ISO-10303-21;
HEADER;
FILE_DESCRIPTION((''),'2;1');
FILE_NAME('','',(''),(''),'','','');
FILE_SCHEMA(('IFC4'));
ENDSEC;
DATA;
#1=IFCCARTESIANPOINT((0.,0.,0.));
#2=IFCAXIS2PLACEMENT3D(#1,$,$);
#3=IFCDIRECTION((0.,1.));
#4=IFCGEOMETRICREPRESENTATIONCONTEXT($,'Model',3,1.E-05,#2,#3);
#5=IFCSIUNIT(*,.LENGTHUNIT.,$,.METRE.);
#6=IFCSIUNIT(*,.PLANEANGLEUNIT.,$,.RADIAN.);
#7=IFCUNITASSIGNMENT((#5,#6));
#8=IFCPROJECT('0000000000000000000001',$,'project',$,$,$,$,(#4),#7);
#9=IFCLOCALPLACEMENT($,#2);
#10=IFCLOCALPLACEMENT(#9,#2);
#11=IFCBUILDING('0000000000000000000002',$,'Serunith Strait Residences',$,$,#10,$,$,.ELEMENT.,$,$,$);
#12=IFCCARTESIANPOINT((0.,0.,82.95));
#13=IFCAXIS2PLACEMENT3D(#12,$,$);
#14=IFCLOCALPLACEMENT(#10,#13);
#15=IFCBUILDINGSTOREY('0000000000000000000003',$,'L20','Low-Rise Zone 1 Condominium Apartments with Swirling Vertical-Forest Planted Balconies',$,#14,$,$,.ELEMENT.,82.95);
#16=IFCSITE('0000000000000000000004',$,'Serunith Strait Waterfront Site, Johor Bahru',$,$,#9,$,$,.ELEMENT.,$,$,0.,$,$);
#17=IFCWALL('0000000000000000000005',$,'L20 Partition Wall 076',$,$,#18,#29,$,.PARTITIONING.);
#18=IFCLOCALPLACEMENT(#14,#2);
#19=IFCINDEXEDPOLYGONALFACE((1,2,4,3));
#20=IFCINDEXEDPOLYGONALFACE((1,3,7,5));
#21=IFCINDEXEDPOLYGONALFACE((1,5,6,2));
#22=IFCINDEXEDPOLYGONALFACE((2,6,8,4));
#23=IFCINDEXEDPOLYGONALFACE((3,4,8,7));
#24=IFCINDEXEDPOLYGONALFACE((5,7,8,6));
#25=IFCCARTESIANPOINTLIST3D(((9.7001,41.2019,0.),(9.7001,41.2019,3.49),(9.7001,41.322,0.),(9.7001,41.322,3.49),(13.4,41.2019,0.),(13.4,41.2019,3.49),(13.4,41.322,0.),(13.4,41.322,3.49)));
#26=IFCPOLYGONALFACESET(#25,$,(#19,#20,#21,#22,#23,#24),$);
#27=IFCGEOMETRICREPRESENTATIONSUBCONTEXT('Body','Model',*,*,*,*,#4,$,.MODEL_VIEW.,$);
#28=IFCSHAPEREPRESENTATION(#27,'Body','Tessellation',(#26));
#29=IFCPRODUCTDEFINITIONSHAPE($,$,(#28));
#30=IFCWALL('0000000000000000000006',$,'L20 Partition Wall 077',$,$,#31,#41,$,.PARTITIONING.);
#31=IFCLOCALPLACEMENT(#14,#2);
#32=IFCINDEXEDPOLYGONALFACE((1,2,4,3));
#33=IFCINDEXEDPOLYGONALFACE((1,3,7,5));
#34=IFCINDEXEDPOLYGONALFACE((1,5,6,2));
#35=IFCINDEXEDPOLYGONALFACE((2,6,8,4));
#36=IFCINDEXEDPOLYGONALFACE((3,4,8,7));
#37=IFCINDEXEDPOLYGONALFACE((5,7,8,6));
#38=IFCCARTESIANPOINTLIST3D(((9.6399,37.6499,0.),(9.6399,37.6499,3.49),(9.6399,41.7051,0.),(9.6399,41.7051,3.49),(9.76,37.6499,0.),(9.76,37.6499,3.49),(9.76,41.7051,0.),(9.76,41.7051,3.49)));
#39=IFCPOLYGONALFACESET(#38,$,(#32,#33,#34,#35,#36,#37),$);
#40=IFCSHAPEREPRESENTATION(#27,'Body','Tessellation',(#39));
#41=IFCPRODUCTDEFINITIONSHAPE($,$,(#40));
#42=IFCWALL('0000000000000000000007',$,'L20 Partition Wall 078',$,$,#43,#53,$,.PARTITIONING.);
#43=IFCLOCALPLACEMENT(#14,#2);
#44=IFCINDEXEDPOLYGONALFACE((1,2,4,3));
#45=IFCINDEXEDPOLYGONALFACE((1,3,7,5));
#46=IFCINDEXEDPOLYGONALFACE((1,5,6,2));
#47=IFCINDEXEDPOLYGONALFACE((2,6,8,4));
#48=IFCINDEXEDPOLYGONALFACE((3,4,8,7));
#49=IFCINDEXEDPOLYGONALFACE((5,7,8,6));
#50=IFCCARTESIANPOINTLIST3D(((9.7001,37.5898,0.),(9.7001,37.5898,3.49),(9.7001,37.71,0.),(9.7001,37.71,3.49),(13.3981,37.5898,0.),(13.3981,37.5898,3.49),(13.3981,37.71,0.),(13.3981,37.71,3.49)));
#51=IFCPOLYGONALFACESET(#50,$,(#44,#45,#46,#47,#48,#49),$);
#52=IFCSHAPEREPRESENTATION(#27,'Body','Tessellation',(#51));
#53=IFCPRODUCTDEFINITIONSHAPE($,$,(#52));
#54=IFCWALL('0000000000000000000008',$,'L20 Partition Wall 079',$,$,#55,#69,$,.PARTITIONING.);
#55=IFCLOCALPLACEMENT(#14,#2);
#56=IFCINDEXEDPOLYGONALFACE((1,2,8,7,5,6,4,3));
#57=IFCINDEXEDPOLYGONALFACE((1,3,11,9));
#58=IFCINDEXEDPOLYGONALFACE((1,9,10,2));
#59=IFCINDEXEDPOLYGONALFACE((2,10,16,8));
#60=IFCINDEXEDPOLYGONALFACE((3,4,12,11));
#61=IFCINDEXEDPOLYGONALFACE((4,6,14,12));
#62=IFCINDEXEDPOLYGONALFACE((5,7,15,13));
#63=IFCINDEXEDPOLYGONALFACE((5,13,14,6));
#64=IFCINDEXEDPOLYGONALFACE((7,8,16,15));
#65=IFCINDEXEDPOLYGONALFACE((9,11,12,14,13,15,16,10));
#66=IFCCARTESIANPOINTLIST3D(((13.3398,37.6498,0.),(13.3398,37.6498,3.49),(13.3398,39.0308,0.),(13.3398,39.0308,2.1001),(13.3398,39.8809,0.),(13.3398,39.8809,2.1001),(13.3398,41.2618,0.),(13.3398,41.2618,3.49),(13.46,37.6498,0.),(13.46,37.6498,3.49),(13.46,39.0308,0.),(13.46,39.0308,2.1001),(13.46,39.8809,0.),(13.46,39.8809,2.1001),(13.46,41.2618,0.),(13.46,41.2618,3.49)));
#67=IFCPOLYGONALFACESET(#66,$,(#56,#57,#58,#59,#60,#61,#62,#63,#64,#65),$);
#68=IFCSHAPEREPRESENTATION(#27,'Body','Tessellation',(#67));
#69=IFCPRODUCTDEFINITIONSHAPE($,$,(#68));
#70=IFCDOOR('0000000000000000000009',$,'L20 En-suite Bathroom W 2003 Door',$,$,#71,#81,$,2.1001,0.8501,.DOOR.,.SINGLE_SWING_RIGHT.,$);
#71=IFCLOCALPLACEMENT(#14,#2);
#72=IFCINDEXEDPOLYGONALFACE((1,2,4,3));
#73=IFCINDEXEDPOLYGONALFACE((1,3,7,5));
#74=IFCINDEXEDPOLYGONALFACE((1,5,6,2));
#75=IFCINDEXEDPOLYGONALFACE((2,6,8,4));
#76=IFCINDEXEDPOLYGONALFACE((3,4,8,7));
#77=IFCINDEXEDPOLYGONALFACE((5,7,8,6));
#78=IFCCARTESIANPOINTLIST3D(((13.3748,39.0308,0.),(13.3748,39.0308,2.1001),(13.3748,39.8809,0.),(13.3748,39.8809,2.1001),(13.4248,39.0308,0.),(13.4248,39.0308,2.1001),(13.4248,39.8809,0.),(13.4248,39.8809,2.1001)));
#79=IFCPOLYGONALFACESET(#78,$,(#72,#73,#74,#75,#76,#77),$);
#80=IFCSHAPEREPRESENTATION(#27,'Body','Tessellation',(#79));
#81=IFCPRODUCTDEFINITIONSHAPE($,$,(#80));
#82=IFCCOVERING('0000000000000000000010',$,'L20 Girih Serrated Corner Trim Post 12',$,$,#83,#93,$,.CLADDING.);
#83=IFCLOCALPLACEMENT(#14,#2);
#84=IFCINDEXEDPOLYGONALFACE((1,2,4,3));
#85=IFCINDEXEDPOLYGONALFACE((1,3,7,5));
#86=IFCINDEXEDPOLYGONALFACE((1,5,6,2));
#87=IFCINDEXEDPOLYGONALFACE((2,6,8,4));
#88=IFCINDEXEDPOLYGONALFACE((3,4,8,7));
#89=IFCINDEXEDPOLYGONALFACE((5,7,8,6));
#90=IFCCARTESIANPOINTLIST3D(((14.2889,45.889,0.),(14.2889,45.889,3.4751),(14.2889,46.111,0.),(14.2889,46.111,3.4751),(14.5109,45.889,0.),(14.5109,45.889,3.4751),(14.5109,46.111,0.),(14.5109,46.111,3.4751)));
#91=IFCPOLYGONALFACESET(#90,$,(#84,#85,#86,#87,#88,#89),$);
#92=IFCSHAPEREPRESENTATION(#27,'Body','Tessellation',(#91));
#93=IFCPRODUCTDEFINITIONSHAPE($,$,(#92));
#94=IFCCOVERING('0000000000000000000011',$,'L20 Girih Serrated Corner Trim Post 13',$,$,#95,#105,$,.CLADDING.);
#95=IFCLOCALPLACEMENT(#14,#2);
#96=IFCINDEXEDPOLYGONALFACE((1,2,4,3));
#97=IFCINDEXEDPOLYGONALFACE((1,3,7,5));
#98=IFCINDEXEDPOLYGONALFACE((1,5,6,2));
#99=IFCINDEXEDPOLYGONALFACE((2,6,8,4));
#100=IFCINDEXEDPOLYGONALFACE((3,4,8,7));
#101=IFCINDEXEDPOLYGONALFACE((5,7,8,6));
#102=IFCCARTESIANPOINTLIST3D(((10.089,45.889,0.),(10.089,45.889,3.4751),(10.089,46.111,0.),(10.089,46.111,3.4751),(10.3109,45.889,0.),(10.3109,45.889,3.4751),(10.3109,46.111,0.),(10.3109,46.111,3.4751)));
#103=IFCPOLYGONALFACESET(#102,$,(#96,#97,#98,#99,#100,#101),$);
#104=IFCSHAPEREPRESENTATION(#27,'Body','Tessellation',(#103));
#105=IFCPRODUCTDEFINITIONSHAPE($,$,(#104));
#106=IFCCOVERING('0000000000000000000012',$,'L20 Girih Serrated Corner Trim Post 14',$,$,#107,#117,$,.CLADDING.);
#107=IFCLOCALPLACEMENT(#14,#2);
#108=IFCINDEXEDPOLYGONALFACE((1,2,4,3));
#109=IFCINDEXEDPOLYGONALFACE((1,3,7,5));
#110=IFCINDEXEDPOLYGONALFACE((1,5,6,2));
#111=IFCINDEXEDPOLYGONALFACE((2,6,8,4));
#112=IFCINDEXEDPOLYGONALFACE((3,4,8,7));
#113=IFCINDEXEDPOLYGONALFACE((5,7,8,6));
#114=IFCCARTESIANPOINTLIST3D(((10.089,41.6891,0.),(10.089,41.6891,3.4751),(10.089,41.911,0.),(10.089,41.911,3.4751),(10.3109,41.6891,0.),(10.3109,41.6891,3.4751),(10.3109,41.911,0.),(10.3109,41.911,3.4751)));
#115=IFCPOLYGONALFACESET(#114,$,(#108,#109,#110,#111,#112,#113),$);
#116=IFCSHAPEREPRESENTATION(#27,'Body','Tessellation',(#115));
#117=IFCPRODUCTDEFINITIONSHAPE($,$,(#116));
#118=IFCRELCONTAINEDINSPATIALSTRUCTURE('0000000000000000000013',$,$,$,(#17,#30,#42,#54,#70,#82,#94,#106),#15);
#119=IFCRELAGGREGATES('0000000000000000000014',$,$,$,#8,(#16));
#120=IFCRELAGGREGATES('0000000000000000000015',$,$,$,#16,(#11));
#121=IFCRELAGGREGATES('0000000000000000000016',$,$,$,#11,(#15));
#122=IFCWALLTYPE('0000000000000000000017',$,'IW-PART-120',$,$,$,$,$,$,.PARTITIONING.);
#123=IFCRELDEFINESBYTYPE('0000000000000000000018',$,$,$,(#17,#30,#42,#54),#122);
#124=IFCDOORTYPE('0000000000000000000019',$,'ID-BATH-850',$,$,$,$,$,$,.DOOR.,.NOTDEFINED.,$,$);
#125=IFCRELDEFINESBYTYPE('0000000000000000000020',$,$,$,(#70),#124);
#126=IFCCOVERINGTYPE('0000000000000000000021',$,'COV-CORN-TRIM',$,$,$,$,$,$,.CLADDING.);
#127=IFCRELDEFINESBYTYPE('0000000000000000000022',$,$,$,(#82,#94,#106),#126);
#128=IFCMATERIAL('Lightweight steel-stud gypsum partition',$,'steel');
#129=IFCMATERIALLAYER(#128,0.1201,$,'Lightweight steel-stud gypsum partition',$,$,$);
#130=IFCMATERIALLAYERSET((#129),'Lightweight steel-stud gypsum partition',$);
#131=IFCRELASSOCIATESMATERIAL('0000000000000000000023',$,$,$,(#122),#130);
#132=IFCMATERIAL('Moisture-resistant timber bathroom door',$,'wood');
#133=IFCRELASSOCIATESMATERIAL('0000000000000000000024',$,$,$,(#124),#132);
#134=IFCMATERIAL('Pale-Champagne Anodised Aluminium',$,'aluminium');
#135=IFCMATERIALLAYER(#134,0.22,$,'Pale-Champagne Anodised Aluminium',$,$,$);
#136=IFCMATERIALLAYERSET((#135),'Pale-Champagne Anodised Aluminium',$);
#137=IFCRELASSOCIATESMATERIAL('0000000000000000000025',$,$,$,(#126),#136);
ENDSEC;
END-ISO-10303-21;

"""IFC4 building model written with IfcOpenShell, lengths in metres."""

from ifc_helpers import new_model, si_unit, direction, frame, frame_2d, origin, origin_2d, place, context, subcontext, project, spatial, rectangle, extrude, source, transform, mapped, material, layer, layer_set, type_object, element, fill, save


model = new_model("IFC4")

# Units and contexts
model_context = context("Model", 3, precision=1e-05, world=origin(), true_north=direction((0.0, 1.0)))
body_context = subcontext(model_context, "Body", "Model", "MODEL_VIEW")
ifc_project = project(units=[si_unit("LENGTHUNIT", "METRE"), si_unit("PLANEANGLEUNIT", "RADIAN")], contexts=[model_context])

# Site, building, storey
site_placement = place(None, origin())
site = spatial("IfcSite", under=ifc_project, at=site_placement, Name="Serunith Strait Waterfront Site, Johor Bahru", CompositionType="ELEMENT", RefElevation=0.0)
building_placement = place(site_placement, origin())
building = spatial("IfcBuilding", under=site, at=building_placement, Name="Serunith Strait Residences", CompositionType="ELEMENT")
storey_placement = place(building_placement, frame((0.0, 0.0, 82.95)))
storey = spatial("IfcBuildingStorey", under=building, at=storey_placement, Name="L20", Description="Low-Rise Zone 1 Condominium Apartments with Swirling Vertical-Forest Planted Balconies", CompositionType="ELEMENT", Elevation=82.95)

# Shared definitions
ifc_material_1 = material(Name="Pale-Champagne Anodised Aluminium", Category="aluminium")

# Shared definitions
ifc_material_2 = material(Name="Lightweight steel-stud gypsum partition", Category="steel")
ifc_layer_1 = layer(ifc_material_2, 0.1201, Name="Lightweight steel-stud gypsum partition")
ifc_layer_set_1 = layer_set([ifc_layer_1], Name="Lightweight steel-stud gypsum partition")
wall_type_1 = type_object("IfcWallType", Name="IW-PART-120", PredefinedType="PARTITIONING", material=ifc_layer_set_1)
ifc_material_3 = material(Name="Moisture-resistant timber bathroom door", Category="wood")
door_type_1 = type_object("IfcDoorType", Name="ID-BATH-850", OperationType="NOTDEFINED", PredefinedType="DOOR", material=ifc_material_3)
shared_shape_1 = source(origin(), body_context, "Body", "SweptSolid", [
    extrude(rectangle(XDim=0.8501, YDim=2.1001, at=frame_2d((0.425, 1.05))), frame((0.0, 0.0249, 0.0), z_axis=(0.0, -1.0, 0.0), x_axis=(1.0, 0.0, 0.0)), (0.0, 0.0, 1.0), 0.05),
])

# Walls
wall_1_placement = place(storey_placement, frame((9.7, 41.262, 0.0), z_axis=(0.0, 0.0, 1.0), x_axis=(1.0, 0.0, 0.0)))
element("IfcWall", 1, at=wall_1_placement, inside=storey, type_object=wall_type_1, Name="L20 Partition Wall 076", PredefinedType="PARTITIONING", context=body_context, shape_type="SweptSolid", body=[
    extrude(rectangle(XDim=3.7, YDim=0.1201, at=frame_2d((1.8501, 0.0))), origin(), (0.0, 0.0, 1.0), 3.49),
])
wall_2_placement = place(storey_placement, frame((9.7, 41.7051, 0.0), z_axis=(0.0, 0.0, 1.0), x_axis=(0.0, -1.0, 0.0)))
element("IfcWall", 2, at=wall_2_placement, inside=storey, type_object=wall_type_1, Name="L20 Partition Wall 077", PredefinedType="PARTITIONING", context=body_context, shape_type="SweptSolid", body=[
    extrude(rectangle(XDim=4.0552, YDim=0.1201, at=frame_2d((2.0276, 0.0))), origin(), (0.0, 0.0, 1.0), 3.49),
])
wall_3_placement = place(storey_placement, frame((9.7, 37.6499, 0.0), z_axis=(0.0, 0.0, 1.0), x_axis=(1.0, 0.0, 0.0)))
element("IfcWall", 3, at=wall_3_placement, inside=storey, type_object=wall_type_1, Name="L20 Partition Wall 078", PredefinedType="PARTITIONING", context=body_context, shape_type="SweptSolid", body=[
    extrude(rectangle(XDim=3.698, YDim=0.1201, at=frame_2d((1.8491, 0.0))), origin(), (0.0, 0.0, 1.0), 3.49),
])

# Wall, opening, door
wall_4_placement = place(storey_placement, frame((13.3999, 41.262, 0.0), z_axis=(0.0, 0.0, 1.0), x_axis=(0.0, -1.0, 0.0)))
wall_4 = element("IfcWall", 4, at=wall_4_placement, inside=storey, type_object=wall_type_1, Name="L20 Partition Wall 079", PredefinedType="PARTITIONING", context=body_context, shape_type="SweptSolid", body=[
    extrude(rectangle(XDim=3.6121, YDim=0.1201, at=frame_2d((1.8062, 0.0))), origin(), (0.0, 0.0, 1.0), 3.49),
])
opening_1_placement = place(wall_4_placement, frame((1.3811, 0.0, 0.0)))
opening_1 = element("IfcOpeningElement", 5, at=opening_1_placement, cuts=wall_4, PredefinedType="OPENING", context=body_context, shape_type="SweptSolid", body=[
    extrude(rectangle(XDim=0.8501, YDim=2.1001, at=frame_2d((0.425, 1.05))), frame((0.0, 0.0701, 0.0), z_axis=(0.0, -1.0, 0.0), x_axis=(1.0, 0.0, 0.0)), (0.0, 0.0, 1.0), 0.1401),
])
door_1_placement = place(opening_1_placement, origin())
door_1 = element("IfcDoor", 6, at=door_1_placement, inside=storey, type_object=door_type_1, Name="L20 En-suite Bathroom W 2003 Door", OperationType="SINGLE_SWING_RIGHT", OverallHeight=2.1001, OverallWidth=0.8501, PredefinedType="DOOR", context=body_context, shape_type="MappedRepresentation", body=[
    mapped(shared_shape_1, transform((0.0, 0.0, 0.0), scale=1.0)),
])
fill(opening_1, door_1)

# Coverings
ifc_layer_2 = layer(ifc_material_1, 0.22, Name="Pale-Champagne Anodised Aluminium")
ifc_layer_set_2 = layer_set([ifc_layer_2], Name="Pale-Champagne Anodised Aluminium")
covering_type = type_object("IfcCoveringType", Name="COV-CORN-TRIM", PredefinedType="CLADDING", material=ifc_layer_set_2)
shared_shape_2 = source(origin(), body_context, "Body", "SweptSolid", [
    extrude(rectangle(XDim=0.2219, YDim=0.2219, at=origin_2d()), origin(), (0.0, 0.0, 1.0), 3.4751),
])
for number, where, z_axis, x_axis, name in (
    (7, (14.3999, 46.0, 0.0), (0.0, 0.0, 1.0), (1.0, 0.0, 0.0), "L20 Girih Serrated Corner Trim Post 12"),
    (8, (10.2, 46.0, 0.0), (0.0, 0.0, 1.0), (1.0, 0.0, 0.0), "L20 Girih Serrated Corner Trim Post 13"),
    (9, (10.2, 41.8, 0.0), (0.0, 0.0, 1.0), (1.0, 0.0, 0.0), "L20 Girih Serrated Corner Trim Post 14"),
):
    element("IfcCovering", number, at=place(storey_placement, frame(where, z_axis=z_axis, x_axis=x_axis)), inside=storey, type_object=covering_type, Name=name, PredefinedType="CLADDING", context=body_context, shape_type="MappedRepresentation", body=[
        mapped(shared_shape_2, transform((0.0, 0.0, 0.0), scale=1.0)),
    ])

save(model, "model.ifc")
